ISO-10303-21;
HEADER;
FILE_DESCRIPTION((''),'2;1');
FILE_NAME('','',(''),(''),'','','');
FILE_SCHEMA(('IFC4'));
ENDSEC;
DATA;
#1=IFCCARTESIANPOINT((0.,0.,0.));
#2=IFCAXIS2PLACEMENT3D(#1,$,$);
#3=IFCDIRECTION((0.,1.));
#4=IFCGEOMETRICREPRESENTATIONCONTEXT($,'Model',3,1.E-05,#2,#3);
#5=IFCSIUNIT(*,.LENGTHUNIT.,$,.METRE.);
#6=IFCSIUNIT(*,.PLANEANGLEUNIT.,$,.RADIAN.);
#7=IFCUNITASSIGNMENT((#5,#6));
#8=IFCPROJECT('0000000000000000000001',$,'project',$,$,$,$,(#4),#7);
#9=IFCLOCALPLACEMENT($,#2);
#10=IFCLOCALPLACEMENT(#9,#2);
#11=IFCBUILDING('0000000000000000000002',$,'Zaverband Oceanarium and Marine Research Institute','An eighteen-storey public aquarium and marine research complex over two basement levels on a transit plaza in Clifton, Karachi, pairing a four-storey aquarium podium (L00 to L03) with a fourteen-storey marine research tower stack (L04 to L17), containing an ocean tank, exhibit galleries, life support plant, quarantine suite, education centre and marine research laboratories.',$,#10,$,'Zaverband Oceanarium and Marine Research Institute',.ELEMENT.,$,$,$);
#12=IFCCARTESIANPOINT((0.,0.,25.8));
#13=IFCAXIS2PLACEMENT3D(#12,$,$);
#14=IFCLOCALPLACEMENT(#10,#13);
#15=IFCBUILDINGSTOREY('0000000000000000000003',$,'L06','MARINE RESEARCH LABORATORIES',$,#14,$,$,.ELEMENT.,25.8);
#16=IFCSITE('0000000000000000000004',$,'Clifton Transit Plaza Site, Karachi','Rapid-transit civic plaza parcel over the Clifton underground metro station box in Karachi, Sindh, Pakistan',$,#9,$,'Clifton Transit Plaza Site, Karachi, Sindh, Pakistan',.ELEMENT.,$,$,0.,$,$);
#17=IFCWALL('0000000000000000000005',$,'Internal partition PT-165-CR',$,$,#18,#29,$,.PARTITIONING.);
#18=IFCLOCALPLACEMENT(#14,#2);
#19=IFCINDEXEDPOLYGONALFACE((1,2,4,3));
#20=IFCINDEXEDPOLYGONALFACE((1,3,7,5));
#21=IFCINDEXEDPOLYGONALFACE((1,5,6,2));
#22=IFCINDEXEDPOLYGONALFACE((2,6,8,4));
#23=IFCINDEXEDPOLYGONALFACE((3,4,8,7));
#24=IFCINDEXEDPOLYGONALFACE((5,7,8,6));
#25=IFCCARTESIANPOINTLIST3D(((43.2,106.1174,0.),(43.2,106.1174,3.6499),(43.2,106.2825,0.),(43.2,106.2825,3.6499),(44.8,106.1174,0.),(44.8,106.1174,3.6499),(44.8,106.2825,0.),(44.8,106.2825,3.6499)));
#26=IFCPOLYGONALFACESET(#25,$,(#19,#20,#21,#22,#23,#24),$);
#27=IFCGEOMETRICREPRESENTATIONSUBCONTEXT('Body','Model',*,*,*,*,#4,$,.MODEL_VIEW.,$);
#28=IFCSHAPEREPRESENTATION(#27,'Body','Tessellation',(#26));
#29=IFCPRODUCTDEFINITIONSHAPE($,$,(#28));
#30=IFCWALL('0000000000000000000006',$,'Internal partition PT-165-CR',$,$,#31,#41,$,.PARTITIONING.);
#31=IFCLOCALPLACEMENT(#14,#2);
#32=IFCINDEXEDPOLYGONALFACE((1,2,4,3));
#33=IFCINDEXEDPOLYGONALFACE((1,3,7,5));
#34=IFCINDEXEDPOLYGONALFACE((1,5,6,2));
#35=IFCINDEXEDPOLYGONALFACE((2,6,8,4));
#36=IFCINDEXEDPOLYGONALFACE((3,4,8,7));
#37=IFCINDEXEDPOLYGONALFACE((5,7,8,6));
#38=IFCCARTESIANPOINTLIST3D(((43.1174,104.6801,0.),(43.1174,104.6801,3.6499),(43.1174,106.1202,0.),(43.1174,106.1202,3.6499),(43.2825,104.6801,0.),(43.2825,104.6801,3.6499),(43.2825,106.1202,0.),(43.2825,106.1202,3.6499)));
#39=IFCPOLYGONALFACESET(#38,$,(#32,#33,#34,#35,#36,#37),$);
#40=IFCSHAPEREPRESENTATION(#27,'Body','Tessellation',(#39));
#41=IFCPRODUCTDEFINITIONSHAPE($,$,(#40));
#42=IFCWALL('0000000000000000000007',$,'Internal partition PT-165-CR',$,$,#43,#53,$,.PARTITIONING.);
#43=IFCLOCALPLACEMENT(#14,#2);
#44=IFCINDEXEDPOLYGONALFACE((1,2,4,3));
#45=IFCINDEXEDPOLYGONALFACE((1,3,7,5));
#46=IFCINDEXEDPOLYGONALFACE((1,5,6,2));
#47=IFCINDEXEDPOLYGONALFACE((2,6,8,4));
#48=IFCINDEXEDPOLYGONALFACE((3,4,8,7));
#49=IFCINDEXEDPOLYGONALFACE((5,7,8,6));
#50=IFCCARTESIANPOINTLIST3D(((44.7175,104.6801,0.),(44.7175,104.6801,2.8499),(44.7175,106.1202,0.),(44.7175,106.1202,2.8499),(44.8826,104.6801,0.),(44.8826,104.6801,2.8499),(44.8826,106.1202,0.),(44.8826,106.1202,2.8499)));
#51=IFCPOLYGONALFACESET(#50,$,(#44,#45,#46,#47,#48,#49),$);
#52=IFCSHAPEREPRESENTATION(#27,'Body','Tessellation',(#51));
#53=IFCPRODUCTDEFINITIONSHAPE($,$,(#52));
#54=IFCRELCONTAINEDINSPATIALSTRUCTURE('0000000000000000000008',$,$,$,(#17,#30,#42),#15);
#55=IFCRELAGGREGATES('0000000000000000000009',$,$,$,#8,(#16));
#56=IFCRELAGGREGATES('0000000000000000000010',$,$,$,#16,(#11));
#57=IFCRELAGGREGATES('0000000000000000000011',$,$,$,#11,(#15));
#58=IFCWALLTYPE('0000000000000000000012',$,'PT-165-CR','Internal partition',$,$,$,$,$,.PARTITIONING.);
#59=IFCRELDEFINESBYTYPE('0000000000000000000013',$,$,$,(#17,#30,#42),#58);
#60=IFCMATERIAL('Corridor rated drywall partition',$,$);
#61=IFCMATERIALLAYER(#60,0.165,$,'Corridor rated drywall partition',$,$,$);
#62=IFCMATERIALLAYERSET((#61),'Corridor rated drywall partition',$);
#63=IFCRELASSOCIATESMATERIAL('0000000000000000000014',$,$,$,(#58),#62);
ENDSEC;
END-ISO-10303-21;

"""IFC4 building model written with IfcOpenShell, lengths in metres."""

from ifc_helpers import new_model, si_unit, direction, frame, frame_2d, origin, place, context, subcontext, project, spatial, rectangle, extrude, material, layer, layer_set, type_object, element, save


model = new_model("IFC4")

# Units and contexts
model_context = context("Model", 3, precision=1e-05, world=origin(), true_north=direction((0.0, 1.0)))
body_context = subcontext(model_context, "Body", "Model", "MODEL_VIEW")
ifc_project = project(units=[si_unit("LENGTHUNIT", "METRE"), si_unit("PLANEANGLEUNIT", "RADIAN")], contexts=[model_context])

# Site, building, storey
site_placement = place(None, origin())
site = spatial("IfcSite", under=ifc_project, at=site_placement, Name="Clifton Transit Plaza Site, Karachi", Description="Rapid-transit civic plaza parcel over the Clifton underground metro station box in Karachi, Sindh, Pakistan", LongName="Clifton Transit Plaza Site, Karachi, Sindh, Pakistan", CompositionType="ELEMENT", RefElevation=0.0)
building_placement = place(site_placement, origin())
building = spatial("IfcBuilding", under=site, at=building_placement, Name="Zaverband Oceanarium and Marine Research Institute", Description="An eighteen-storey public aquarium and marine research complex over two basement levels on a transit plaza in Clifton, Karachi, pairing a four-storey aquarium podium (L00 to L03) with a fourteen-storey marine research tower stack (L04 to L17), containing an ocean tank, exhibit galleries, life support plant, quarantine suite, education centre and marine research laboratories.", LongName="Zaverband Oceanarium and Marine Research Institute", CompositionType="ELEMENT")
storey_placement = place(building_placement, frame((0.0, 0.0, 25.8)))
storey = spatial("IfcBuildingStorey", under=building, at=storey_placement, Name="L06", Description="MARINE RESEARCH LABORATORIES", CompositionType="ELEMENT", Elevation=25.8)

# Walls
ifc_material_1 = material(Name="Corridor rated drywall partition")
ifc_layer_1 = layer(ifc_material_1, 0.165, Name="Corridor rated drywall partition")
ifc_layer_set_1 = layer_set([ifc_layer_1], Name="Corridor rated drywall partition")
wall_type_1 = type_object("IfcWallType", Name="PT-165-CR", Description="Internal partition", PredefinedType="PARTITIONING", material=ifc_layer_set_1)
for number, where, z_axis, x_axis, name in (
    (1, (43.2, 106.2, 0.0), (0.0, 0.0, 1.0), (1.0, 0.0, 0.0), "Internal partition PT-165-CR"),
):
    element("IfcWall", number, at=place(storey_placement, frame(where, z_axis=z_axis, x_axis=x_axis)), inside=storey, type_object=wall_type_1, Name=name, PredefinedType="PARTITIONING", context=body_context, shape_type="SweptSolid", body=[
        extrude(rectangle(XDim=1.6001, YDim=0.165, at=frame_2d((0.8, 0.0))), origin(), (0.0, 0.0, 1.0), 3.6499),
    ])
wall_1_placement = place(storey_placement, frame((43.2, 104.6799, 0.0), z_axis=(0.0, 0.0, 1.0), x_axis=(0.0, 1.0, 0.0)))
element("IfcWall", 2, at=wall_1_placement, inside=storey, type_object=wall_type_1, Name="Internal partition PT-165-CR", PredefinedType="PARTITIONING", context=body_context, shape_type="SweptSolid", body=[
    extrude(rectangle(XDim=1.4402, YDim=0.165, at=frame_2d((0.7202, 0.0))), origin(), (0.0, 0.0, 1.0), 3.6499),
])
wall_2_placement = place(storey_placement, frame((44.8, 104.6799, 0.0), z_axis=(0.0, 0.0, 1.0), x_axis=(0.0, 1.0, 0.0)))
element("IfcWall", 3, at=wall_2_placement, inside=storey, type_object=wall_type_1, Name="Internal partition PT-165-CR", PredefinedType="PARTITIONING", context=body_context, shape_type="SweptSolid", body=[
    extrude(rectangle(XDim=1.4402, YDim=0.165, at=frame_2d((0.7202, 0.0))), origin(), (0.0, 0.0, 1.0), 2.8499),
])

save(model, "model.ifc")
